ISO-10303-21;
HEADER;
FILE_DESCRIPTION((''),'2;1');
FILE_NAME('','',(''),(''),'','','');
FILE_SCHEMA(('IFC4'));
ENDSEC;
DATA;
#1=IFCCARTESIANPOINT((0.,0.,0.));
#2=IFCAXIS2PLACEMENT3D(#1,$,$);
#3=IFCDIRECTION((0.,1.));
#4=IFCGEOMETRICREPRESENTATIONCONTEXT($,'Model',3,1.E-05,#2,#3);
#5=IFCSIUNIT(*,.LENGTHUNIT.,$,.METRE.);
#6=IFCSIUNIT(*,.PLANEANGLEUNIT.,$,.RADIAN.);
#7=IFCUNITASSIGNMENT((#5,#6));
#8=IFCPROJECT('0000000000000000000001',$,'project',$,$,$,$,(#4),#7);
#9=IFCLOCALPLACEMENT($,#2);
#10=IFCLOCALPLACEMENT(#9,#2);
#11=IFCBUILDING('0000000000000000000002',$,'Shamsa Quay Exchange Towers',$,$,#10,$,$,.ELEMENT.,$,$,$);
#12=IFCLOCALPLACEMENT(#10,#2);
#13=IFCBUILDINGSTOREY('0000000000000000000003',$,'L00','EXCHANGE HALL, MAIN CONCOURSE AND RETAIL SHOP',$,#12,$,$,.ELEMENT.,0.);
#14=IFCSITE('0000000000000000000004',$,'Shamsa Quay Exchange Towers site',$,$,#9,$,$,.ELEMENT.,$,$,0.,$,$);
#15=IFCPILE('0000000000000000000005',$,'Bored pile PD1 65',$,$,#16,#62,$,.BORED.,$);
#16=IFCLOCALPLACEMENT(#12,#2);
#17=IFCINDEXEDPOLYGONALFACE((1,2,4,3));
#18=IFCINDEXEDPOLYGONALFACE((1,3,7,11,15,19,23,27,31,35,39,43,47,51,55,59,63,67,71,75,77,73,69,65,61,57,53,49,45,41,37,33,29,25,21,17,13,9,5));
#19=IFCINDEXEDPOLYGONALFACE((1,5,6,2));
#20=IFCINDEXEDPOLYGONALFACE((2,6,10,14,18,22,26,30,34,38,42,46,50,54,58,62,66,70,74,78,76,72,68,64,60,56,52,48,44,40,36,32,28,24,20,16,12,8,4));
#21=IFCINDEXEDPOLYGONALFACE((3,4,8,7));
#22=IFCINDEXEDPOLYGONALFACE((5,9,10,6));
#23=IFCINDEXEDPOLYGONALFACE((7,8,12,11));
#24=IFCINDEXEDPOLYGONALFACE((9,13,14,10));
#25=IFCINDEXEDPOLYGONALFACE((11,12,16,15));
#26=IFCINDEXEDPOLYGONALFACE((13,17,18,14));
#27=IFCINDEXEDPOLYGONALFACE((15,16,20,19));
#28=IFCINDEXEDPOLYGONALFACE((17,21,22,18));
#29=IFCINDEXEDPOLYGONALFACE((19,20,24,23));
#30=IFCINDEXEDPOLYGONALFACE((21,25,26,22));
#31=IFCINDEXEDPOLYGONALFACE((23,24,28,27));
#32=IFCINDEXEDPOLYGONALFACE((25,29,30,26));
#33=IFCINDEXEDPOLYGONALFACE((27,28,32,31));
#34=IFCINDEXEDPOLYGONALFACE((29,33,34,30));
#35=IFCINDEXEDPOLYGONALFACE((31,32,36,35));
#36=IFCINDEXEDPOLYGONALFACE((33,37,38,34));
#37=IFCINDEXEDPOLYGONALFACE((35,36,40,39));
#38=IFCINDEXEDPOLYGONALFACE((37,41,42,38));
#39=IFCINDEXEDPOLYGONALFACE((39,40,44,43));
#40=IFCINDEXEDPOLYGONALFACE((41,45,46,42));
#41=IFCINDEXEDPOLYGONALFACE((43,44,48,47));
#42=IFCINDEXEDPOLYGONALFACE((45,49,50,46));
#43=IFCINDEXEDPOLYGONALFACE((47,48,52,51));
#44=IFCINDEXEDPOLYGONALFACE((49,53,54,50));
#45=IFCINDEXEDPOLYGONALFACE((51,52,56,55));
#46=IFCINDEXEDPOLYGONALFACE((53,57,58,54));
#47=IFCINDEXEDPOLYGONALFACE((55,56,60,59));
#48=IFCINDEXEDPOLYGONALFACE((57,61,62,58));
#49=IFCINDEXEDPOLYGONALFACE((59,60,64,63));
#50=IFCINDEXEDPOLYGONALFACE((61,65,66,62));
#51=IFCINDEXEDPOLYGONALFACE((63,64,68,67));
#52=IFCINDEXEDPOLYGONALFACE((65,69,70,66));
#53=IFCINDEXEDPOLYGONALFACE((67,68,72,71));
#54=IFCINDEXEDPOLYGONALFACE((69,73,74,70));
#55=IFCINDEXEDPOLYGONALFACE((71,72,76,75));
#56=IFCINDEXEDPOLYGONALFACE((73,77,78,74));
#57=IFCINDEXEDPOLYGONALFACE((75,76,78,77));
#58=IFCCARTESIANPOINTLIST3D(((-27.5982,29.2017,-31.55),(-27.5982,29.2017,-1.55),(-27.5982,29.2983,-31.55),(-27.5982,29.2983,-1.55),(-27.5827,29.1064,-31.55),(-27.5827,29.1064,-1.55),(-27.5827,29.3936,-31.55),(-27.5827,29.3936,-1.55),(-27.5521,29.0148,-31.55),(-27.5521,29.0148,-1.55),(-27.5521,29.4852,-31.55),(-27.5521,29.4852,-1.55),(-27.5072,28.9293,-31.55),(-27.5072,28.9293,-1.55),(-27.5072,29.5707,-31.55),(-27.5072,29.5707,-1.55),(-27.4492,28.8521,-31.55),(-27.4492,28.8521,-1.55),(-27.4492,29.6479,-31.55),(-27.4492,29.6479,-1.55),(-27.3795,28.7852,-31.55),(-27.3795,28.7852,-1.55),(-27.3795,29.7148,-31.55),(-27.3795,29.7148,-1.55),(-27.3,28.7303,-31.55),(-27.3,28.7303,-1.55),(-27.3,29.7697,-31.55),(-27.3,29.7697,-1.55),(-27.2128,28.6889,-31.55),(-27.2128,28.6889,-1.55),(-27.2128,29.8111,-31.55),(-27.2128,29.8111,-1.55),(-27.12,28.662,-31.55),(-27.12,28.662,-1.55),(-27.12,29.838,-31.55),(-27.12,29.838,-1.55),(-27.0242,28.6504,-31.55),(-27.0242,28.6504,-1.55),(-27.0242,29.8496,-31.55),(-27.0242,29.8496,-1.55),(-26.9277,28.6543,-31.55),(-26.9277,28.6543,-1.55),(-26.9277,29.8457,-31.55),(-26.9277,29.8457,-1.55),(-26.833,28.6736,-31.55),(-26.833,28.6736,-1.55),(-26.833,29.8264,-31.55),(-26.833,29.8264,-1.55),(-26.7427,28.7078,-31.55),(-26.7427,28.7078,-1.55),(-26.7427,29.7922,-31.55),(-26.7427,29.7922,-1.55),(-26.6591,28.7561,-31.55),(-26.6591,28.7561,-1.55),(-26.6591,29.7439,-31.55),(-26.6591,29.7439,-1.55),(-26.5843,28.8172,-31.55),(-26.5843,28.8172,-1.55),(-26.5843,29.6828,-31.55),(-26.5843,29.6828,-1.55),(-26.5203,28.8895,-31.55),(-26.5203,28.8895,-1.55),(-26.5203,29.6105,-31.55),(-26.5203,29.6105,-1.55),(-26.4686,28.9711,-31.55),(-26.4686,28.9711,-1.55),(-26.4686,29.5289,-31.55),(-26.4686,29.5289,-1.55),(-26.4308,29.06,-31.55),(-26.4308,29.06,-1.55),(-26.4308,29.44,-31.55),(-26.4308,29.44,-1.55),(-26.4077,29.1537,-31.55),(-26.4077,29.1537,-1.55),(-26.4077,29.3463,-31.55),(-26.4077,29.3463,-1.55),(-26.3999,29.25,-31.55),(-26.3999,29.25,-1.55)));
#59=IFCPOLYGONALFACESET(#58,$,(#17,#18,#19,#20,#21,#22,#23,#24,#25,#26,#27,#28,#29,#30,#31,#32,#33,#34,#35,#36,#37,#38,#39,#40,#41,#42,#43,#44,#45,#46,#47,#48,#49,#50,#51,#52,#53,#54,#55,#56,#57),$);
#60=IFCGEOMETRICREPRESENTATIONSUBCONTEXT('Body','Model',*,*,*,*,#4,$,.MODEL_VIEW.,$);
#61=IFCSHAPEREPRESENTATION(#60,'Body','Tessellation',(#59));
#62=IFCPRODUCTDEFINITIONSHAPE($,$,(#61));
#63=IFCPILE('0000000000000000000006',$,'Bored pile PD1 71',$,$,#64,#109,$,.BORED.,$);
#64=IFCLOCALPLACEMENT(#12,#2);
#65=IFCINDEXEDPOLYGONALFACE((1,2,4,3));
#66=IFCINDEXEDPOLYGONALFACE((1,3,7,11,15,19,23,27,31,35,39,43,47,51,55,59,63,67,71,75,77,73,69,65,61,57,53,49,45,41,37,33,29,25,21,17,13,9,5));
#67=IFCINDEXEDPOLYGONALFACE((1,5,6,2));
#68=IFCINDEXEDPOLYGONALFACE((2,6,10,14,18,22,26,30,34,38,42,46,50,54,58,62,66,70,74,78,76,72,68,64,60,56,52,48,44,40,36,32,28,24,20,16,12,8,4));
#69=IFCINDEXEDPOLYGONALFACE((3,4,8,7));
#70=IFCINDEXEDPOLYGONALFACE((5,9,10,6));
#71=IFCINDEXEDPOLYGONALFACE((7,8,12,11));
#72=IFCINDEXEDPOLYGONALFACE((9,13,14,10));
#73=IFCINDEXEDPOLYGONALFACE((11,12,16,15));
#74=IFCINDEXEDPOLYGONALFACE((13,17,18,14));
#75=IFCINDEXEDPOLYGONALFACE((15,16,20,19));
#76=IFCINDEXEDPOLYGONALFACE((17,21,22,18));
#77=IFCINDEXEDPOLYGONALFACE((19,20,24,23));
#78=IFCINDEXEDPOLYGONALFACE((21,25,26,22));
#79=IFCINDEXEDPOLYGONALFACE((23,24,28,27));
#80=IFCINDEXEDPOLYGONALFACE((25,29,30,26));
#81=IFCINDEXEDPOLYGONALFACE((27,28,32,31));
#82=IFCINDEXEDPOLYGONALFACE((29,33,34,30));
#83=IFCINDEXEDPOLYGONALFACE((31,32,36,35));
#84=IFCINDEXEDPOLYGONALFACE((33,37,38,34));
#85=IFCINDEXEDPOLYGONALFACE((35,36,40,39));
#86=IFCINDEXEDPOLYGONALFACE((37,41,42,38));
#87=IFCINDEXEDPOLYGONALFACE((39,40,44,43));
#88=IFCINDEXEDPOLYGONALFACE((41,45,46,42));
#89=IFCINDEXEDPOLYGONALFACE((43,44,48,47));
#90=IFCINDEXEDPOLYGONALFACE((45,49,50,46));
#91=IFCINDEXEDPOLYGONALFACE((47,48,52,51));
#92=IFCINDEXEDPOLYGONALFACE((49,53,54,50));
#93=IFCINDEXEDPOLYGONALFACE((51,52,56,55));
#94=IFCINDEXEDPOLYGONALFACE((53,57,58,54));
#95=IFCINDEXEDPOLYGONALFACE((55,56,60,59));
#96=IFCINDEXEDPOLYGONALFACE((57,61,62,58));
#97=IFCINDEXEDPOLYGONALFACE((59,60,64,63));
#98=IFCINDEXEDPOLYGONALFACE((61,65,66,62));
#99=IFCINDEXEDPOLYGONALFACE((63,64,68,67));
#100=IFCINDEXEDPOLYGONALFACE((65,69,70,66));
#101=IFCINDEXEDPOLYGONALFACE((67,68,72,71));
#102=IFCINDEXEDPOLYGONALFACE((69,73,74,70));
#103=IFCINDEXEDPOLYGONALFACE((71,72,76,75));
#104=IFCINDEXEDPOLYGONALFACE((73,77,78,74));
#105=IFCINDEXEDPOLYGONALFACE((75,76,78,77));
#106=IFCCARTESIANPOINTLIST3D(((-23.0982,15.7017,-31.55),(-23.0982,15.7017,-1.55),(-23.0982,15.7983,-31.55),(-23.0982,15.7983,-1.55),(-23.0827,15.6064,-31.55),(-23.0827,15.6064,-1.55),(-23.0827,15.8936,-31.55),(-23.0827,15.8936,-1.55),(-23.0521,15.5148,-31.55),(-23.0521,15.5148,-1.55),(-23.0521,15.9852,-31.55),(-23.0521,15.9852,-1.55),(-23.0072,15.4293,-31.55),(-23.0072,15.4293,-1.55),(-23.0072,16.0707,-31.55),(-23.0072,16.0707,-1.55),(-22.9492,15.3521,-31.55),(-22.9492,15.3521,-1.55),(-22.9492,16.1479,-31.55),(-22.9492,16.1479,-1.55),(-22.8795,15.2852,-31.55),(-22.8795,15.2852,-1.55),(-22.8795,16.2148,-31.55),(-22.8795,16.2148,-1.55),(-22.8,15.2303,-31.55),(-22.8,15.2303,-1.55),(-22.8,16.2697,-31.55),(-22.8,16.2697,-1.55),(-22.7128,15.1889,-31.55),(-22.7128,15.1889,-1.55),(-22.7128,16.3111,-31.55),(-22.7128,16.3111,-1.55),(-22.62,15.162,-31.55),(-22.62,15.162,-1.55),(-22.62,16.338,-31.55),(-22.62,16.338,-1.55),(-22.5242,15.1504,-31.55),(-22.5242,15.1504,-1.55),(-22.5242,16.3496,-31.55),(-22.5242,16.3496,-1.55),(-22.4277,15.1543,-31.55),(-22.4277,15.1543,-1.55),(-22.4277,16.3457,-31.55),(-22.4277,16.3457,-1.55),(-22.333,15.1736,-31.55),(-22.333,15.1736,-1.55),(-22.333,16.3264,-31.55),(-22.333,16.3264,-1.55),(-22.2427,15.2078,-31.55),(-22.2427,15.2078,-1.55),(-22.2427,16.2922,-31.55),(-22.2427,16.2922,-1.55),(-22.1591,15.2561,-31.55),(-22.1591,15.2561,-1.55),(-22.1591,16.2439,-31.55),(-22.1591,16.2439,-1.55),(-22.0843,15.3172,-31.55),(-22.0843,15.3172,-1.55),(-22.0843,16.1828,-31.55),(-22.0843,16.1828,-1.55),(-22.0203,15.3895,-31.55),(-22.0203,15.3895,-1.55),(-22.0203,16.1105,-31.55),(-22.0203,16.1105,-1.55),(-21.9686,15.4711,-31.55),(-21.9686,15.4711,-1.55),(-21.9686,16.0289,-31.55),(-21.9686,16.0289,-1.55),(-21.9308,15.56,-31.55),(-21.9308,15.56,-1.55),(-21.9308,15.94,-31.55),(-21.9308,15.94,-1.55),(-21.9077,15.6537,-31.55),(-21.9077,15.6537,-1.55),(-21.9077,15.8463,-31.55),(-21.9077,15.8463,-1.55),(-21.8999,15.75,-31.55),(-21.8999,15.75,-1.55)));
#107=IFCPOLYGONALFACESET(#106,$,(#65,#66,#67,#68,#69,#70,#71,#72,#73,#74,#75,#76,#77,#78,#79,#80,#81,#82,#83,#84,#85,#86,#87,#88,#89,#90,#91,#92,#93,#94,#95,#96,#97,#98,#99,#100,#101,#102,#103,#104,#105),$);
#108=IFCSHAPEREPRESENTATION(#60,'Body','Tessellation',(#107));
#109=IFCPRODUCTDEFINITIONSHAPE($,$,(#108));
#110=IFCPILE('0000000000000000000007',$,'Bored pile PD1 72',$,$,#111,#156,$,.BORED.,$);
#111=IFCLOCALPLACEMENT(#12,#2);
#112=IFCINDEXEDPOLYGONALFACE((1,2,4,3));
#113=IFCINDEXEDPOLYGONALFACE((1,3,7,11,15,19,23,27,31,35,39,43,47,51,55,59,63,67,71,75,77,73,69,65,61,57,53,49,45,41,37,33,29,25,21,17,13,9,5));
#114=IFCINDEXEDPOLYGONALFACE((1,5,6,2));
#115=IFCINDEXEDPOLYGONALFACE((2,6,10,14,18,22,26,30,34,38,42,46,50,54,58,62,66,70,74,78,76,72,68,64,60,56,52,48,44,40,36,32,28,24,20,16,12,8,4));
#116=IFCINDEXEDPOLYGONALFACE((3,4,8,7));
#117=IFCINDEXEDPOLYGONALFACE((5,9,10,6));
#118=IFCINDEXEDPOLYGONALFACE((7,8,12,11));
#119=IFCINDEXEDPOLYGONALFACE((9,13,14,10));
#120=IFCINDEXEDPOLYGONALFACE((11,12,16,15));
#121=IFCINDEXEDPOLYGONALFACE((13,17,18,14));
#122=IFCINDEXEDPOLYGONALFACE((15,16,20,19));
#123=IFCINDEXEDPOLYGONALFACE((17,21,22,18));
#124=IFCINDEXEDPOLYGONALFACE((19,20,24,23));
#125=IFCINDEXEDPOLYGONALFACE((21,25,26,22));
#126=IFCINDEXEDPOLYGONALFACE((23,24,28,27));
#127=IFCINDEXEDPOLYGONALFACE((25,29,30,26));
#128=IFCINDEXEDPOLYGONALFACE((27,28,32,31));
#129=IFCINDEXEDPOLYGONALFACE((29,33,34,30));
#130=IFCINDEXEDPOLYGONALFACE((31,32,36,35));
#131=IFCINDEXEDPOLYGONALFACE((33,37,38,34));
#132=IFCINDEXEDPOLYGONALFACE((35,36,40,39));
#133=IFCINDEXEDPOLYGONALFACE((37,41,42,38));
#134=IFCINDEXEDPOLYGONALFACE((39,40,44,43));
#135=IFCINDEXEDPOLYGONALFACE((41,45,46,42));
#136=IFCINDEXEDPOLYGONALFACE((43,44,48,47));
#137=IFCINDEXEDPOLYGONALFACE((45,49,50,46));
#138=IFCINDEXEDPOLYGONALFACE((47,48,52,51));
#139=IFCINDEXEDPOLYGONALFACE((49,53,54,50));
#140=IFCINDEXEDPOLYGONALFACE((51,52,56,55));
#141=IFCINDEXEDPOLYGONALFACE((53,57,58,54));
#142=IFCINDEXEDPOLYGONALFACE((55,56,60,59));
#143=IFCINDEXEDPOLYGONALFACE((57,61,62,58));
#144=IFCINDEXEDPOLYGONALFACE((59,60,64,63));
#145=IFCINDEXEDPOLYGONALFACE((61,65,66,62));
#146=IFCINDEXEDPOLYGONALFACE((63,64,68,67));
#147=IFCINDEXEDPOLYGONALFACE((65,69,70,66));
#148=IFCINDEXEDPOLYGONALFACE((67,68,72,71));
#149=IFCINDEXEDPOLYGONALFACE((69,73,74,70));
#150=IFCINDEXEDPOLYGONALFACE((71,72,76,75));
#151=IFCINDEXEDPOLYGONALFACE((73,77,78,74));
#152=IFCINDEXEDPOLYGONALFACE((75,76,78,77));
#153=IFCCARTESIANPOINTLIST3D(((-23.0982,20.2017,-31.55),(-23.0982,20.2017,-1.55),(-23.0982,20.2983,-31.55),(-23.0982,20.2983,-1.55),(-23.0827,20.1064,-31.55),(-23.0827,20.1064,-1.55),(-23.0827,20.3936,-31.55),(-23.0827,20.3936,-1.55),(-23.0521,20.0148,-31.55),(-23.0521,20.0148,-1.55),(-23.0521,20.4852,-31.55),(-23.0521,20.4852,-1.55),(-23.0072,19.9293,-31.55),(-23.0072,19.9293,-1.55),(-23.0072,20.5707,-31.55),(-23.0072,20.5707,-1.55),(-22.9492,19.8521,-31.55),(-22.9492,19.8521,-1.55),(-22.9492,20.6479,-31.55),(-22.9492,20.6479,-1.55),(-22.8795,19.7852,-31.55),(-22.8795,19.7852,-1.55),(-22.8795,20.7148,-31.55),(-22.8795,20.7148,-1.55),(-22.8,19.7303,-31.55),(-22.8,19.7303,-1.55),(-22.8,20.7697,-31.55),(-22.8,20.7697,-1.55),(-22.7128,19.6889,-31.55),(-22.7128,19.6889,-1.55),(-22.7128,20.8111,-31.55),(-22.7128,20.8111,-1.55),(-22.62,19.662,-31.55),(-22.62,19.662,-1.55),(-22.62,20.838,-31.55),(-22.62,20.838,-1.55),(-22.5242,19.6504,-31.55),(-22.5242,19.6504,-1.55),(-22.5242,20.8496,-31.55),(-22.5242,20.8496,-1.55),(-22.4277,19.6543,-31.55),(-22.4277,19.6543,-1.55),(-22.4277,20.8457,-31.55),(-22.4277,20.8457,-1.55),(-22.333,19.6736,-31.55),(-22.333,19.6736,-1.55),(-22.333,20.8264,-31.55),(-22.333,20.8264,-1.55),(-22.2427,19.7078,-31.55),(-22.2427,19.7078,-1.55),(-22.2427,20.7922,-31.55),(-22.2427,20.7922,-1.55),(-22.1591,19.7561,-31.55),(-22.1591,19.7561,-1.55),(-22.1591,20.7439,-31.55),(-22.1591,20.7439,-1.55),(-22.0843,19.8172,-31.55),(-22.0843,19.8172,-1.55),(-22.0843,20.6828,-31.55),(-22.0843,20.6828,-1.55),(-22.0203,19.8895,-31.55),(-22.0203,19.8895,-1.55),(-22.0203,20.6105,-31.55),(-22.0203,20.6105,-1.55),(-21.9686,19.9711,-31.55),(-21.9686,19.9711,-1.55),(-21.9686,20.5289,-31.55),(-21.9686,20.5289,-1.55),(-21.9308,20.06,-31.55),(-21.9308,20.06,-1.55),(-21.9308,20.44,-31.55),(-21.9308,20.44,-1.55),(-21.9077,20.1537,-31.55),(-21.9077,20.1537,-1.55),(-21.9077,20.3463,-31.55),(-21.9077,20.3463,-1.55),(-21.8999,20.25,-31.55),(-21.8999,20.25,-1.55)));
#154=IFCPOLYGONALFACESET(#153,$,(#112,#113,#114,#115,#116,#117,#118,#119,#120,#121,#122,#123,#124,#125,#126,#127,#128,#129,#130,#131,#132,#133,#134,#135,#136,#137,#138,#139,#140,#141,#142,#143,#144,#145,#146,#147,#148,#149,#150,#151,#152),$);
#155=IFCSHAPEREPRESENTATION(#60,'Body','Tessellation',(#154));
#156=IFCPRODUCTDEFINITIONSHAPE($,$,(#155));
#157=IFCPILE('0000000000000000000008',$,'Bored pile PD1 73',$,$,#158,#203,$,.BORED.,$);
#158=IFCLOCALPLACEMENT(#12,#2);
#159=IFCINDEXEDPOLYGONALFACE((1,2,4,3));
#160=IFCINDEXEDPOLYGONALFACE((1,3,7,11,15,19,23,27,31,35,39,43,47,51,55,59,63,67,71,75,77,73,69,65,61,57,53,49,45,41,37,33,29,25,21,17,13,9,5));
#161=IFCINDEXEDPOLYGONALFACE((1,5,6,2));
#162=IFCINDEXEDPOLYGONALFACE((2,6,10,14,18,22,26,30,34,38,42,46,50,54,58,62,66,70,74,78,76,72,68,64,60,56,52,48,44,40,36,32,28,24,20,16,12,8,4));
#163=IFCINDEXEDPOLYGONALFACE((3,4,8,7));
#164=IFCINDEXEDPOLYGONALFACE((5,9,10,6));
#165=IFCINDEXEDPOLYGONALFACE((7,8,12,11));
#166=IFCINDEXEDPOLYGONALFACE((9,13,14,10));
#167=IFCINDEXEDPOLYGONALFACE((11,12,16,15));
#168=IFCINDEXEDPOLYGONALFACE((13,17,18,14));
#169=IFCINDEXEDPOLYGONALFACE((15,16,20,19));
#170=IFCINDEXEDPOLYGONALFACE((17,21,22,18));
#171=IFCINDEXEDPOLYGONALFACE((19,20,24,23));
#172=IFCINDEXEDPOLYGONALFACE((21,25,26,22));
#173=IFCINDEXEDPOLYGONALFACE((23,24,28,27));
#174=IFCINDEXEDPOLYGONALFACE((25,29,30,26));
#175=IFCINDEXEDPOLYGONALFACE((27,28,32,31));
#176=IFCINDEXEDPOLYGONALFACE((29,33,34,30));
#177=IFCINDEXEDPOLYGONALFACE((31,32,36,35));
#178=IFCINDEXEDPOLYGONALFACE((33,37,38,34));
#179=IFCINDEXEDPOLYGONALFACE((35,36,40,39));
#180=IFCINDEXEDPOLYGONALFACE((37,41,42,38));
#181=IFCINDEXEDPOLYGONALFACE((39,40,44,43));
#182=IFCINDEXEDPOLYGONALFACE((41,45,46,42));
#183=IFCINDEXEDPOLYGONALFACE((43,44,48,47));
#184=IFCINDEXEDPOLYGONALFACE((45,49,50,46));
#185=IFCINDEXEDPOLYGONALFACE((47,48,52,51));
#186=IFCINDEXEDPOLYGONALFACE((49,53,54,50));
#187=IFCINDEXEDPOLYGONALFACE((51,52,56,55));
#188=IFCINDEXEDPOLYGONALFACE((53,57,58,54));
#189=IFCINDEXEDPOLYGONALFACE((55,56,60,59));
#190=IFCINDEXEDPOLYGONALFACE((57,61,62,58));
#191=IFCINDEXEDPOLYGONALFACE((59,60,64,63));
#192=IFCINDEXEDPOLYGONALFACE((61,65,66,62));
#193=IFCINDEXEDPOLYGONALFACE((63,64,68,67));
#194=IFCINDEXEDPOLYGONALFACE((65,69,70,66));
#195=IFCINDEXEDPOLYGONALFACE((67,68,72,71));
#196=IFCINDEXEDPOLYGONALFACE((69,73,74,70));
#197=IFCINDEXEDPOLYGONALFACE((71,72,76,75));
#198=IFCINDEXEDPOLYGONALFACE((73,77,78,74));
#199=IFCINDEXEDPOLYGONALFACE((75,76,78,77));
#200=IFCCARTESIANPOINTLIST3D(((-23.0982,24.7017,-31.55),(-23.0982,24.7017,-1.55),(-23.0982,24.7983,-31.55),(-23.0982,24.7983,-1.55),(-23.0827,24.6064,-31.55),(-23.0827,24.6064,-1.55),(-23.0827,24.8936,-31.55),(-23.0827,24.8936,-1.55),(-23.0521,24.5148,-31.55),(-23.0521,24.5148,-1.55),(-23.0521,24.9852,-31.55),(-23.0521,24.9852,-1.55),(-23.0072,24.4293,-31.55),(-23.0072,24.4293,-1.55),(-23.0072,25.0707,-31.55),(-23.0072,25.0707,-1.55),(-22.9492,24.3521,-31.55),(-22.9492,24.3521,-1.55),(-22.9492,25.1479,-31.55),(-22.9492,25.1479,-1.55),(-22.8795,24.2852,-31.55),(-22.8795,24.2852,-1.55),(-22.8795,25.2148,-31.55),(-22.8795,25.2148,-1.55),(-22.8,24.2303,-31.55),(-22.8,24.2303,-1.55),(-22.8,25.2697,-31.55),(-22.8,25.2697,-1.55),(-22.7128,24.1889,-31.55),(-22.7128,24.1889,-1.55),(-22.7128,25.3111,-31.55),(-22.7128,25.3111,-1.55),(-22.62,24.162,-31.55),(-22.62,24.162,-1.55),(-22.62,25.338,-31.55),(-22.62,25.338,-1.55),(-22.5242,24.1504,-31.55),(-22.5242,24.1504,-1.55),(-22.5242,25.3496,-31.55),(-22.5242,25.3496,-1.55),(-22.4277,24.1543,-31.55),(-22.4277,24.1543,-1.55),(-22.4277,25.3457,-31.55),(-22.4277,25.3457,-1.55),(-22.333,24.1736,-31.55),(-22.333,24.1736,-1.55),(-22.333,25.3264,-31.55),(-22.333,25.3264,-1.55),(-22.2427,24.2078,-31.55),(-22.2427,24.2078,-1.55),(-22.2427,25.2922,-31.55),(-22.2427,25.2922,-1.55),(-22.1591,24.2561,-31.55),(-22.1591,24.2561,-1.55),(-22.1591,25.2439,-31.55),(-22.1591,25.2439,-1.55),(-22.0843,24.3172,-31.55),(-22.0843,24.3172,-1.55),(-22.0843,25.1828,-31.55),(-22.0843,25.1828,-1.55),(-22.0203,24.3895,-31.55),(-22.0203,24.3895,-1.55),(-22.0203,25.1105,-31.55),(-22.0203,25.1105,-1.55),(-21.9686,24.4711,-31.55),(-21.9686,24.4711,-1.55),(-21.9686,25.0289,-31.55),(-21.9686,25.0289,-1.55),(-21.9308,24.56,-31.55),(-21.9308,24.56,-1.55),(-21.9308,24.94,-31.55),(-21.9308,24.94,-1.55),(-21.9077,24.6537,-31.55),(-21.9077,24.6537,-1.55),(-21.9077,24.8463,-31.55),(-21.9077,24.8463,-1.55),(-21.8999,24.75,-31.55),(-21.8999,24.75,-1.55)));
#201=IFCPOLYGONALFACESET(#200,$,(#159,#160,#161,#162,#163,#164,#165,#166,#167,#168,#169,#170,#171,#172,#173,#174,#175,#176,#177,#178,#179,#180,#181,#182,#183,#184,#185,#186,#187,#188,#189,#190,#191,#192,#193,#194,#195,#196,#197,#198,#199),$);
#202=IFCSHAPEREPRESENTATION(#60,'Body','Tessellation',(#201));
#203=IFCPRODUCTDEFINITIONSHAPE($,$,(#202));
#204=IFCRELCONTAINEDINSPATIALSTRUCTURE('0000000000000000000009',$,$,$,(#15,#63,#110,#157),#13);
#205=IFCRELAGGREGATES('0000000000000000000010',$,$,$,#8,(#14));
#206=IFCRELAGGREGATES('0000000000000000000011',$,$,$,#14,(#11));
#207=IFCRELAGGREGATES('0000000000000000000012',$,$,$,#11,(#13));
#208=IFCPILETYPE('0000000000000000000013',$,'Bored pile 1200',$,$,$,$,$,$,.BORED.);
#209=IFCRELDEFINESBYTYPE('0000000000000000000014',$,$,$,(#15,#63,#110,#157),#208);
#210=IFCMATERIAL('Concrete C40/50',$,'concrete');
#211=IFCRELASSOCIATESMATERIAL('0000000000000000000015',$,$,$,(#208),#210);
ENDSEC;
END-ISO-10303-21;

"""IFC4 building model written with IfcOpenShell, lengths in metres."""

from ifc_helpers import new_model, si_unit, direction, frame, origin, origin_2d, place, context, subcontext, project, spatial, circle, extrude, material, material_profile, profile_set, type_object, element, save


model = new_model("IFC4")

# Units and contexts
model_context = context("Model", 3, precision=1e-05, world=origin(), true_north=direction((0.0, 1.0)))
body_context = subcontext(model_context, "Body", "Model", "MODEL_VIEW")
ifc_project = project(units=[si_unit("LENGTHUNIT", "METRE"), si_unit("PLANEANGLEUNIT", "RADIAN")], contexts=[model_context])

# Site, building, storey
site_placement = place(None, origin())
site = spatial("IfcSite", under=ifc_project, at=site_placement, Name="Shamsa Quay Exchange Towers site", CompositionType="ELEMENT", RefElevation=0.0)
building_placement = place(site_placement, origin())
building = spatial("IfcBuilding", under=site, at=building_placement, Name="Shamsa Quay Exchange Towers", CompositionType="ELEMENT")
storey_placement = place(building_placement, origin())
storey = spatial("IfcBuildingStorey", under=building, at=storey_placement, Name="L00", Description="EXCHANGE HALL, MAIN CONCOURSE AND RETAIL SHOP", CompositionType="ELEMENT", Elevation=0.0)

# Piles
ifc_material_1 = material(Name="Concrete C40/50", Category="concrete")
ifc_material_profile_1 = material_profile(ifc_material_1, circle(Radius=0.6001, at=origin_2d()), Name="BP1200")
ifc_profile_set_1 = profile_set([ifc_material_profile_1], Name="Concrete C40/50")
pile_type_1 = type_object("IfcPileType", Name="Bored pile 1200", PredefinedType="BORED", material=ifc_profile_set_1)
for number, where, z_axis, x_axis, name in (
    (1, (-27.0, 29.25, -1.55), (0.0, 0.0, -1.0), (1.0, 0.0, 0.0), "Bored pile PD1 65"),
    (2, (-22.5, 15.75, -1.55), (0.0, 0.0, -1.0), (1.0, 0.0, 0.0), "Bored pile PD1 71"),
    (3, (-22.5, 20.25, -1.55), (0.0, 0.0, -1.0), (1.0, 0.0, 0.0), "Bored pile PD1 72"),
    (4, (-22.5, 24.75, -1.55), (0.0, 0.0, -1.0), (1.0, 0.0, 0.0), "Bored pile PD1 73"),
):
    element("IfcPile", number, at=place(storey_placement, frame(where, z_axis=z_axis, x_axis=x_axis)), inside=storey, type_object=pile_type_1, Name=name, PredefinedType="BORED", context=body_context, shape_type="SweptSolid", body=[
        extrude(circle(Radius=0.6001, at=origin_2d()), origin(), (0.0, 0.0, 1.0), 30.0),
    ])

save(model, "model.ifc")
